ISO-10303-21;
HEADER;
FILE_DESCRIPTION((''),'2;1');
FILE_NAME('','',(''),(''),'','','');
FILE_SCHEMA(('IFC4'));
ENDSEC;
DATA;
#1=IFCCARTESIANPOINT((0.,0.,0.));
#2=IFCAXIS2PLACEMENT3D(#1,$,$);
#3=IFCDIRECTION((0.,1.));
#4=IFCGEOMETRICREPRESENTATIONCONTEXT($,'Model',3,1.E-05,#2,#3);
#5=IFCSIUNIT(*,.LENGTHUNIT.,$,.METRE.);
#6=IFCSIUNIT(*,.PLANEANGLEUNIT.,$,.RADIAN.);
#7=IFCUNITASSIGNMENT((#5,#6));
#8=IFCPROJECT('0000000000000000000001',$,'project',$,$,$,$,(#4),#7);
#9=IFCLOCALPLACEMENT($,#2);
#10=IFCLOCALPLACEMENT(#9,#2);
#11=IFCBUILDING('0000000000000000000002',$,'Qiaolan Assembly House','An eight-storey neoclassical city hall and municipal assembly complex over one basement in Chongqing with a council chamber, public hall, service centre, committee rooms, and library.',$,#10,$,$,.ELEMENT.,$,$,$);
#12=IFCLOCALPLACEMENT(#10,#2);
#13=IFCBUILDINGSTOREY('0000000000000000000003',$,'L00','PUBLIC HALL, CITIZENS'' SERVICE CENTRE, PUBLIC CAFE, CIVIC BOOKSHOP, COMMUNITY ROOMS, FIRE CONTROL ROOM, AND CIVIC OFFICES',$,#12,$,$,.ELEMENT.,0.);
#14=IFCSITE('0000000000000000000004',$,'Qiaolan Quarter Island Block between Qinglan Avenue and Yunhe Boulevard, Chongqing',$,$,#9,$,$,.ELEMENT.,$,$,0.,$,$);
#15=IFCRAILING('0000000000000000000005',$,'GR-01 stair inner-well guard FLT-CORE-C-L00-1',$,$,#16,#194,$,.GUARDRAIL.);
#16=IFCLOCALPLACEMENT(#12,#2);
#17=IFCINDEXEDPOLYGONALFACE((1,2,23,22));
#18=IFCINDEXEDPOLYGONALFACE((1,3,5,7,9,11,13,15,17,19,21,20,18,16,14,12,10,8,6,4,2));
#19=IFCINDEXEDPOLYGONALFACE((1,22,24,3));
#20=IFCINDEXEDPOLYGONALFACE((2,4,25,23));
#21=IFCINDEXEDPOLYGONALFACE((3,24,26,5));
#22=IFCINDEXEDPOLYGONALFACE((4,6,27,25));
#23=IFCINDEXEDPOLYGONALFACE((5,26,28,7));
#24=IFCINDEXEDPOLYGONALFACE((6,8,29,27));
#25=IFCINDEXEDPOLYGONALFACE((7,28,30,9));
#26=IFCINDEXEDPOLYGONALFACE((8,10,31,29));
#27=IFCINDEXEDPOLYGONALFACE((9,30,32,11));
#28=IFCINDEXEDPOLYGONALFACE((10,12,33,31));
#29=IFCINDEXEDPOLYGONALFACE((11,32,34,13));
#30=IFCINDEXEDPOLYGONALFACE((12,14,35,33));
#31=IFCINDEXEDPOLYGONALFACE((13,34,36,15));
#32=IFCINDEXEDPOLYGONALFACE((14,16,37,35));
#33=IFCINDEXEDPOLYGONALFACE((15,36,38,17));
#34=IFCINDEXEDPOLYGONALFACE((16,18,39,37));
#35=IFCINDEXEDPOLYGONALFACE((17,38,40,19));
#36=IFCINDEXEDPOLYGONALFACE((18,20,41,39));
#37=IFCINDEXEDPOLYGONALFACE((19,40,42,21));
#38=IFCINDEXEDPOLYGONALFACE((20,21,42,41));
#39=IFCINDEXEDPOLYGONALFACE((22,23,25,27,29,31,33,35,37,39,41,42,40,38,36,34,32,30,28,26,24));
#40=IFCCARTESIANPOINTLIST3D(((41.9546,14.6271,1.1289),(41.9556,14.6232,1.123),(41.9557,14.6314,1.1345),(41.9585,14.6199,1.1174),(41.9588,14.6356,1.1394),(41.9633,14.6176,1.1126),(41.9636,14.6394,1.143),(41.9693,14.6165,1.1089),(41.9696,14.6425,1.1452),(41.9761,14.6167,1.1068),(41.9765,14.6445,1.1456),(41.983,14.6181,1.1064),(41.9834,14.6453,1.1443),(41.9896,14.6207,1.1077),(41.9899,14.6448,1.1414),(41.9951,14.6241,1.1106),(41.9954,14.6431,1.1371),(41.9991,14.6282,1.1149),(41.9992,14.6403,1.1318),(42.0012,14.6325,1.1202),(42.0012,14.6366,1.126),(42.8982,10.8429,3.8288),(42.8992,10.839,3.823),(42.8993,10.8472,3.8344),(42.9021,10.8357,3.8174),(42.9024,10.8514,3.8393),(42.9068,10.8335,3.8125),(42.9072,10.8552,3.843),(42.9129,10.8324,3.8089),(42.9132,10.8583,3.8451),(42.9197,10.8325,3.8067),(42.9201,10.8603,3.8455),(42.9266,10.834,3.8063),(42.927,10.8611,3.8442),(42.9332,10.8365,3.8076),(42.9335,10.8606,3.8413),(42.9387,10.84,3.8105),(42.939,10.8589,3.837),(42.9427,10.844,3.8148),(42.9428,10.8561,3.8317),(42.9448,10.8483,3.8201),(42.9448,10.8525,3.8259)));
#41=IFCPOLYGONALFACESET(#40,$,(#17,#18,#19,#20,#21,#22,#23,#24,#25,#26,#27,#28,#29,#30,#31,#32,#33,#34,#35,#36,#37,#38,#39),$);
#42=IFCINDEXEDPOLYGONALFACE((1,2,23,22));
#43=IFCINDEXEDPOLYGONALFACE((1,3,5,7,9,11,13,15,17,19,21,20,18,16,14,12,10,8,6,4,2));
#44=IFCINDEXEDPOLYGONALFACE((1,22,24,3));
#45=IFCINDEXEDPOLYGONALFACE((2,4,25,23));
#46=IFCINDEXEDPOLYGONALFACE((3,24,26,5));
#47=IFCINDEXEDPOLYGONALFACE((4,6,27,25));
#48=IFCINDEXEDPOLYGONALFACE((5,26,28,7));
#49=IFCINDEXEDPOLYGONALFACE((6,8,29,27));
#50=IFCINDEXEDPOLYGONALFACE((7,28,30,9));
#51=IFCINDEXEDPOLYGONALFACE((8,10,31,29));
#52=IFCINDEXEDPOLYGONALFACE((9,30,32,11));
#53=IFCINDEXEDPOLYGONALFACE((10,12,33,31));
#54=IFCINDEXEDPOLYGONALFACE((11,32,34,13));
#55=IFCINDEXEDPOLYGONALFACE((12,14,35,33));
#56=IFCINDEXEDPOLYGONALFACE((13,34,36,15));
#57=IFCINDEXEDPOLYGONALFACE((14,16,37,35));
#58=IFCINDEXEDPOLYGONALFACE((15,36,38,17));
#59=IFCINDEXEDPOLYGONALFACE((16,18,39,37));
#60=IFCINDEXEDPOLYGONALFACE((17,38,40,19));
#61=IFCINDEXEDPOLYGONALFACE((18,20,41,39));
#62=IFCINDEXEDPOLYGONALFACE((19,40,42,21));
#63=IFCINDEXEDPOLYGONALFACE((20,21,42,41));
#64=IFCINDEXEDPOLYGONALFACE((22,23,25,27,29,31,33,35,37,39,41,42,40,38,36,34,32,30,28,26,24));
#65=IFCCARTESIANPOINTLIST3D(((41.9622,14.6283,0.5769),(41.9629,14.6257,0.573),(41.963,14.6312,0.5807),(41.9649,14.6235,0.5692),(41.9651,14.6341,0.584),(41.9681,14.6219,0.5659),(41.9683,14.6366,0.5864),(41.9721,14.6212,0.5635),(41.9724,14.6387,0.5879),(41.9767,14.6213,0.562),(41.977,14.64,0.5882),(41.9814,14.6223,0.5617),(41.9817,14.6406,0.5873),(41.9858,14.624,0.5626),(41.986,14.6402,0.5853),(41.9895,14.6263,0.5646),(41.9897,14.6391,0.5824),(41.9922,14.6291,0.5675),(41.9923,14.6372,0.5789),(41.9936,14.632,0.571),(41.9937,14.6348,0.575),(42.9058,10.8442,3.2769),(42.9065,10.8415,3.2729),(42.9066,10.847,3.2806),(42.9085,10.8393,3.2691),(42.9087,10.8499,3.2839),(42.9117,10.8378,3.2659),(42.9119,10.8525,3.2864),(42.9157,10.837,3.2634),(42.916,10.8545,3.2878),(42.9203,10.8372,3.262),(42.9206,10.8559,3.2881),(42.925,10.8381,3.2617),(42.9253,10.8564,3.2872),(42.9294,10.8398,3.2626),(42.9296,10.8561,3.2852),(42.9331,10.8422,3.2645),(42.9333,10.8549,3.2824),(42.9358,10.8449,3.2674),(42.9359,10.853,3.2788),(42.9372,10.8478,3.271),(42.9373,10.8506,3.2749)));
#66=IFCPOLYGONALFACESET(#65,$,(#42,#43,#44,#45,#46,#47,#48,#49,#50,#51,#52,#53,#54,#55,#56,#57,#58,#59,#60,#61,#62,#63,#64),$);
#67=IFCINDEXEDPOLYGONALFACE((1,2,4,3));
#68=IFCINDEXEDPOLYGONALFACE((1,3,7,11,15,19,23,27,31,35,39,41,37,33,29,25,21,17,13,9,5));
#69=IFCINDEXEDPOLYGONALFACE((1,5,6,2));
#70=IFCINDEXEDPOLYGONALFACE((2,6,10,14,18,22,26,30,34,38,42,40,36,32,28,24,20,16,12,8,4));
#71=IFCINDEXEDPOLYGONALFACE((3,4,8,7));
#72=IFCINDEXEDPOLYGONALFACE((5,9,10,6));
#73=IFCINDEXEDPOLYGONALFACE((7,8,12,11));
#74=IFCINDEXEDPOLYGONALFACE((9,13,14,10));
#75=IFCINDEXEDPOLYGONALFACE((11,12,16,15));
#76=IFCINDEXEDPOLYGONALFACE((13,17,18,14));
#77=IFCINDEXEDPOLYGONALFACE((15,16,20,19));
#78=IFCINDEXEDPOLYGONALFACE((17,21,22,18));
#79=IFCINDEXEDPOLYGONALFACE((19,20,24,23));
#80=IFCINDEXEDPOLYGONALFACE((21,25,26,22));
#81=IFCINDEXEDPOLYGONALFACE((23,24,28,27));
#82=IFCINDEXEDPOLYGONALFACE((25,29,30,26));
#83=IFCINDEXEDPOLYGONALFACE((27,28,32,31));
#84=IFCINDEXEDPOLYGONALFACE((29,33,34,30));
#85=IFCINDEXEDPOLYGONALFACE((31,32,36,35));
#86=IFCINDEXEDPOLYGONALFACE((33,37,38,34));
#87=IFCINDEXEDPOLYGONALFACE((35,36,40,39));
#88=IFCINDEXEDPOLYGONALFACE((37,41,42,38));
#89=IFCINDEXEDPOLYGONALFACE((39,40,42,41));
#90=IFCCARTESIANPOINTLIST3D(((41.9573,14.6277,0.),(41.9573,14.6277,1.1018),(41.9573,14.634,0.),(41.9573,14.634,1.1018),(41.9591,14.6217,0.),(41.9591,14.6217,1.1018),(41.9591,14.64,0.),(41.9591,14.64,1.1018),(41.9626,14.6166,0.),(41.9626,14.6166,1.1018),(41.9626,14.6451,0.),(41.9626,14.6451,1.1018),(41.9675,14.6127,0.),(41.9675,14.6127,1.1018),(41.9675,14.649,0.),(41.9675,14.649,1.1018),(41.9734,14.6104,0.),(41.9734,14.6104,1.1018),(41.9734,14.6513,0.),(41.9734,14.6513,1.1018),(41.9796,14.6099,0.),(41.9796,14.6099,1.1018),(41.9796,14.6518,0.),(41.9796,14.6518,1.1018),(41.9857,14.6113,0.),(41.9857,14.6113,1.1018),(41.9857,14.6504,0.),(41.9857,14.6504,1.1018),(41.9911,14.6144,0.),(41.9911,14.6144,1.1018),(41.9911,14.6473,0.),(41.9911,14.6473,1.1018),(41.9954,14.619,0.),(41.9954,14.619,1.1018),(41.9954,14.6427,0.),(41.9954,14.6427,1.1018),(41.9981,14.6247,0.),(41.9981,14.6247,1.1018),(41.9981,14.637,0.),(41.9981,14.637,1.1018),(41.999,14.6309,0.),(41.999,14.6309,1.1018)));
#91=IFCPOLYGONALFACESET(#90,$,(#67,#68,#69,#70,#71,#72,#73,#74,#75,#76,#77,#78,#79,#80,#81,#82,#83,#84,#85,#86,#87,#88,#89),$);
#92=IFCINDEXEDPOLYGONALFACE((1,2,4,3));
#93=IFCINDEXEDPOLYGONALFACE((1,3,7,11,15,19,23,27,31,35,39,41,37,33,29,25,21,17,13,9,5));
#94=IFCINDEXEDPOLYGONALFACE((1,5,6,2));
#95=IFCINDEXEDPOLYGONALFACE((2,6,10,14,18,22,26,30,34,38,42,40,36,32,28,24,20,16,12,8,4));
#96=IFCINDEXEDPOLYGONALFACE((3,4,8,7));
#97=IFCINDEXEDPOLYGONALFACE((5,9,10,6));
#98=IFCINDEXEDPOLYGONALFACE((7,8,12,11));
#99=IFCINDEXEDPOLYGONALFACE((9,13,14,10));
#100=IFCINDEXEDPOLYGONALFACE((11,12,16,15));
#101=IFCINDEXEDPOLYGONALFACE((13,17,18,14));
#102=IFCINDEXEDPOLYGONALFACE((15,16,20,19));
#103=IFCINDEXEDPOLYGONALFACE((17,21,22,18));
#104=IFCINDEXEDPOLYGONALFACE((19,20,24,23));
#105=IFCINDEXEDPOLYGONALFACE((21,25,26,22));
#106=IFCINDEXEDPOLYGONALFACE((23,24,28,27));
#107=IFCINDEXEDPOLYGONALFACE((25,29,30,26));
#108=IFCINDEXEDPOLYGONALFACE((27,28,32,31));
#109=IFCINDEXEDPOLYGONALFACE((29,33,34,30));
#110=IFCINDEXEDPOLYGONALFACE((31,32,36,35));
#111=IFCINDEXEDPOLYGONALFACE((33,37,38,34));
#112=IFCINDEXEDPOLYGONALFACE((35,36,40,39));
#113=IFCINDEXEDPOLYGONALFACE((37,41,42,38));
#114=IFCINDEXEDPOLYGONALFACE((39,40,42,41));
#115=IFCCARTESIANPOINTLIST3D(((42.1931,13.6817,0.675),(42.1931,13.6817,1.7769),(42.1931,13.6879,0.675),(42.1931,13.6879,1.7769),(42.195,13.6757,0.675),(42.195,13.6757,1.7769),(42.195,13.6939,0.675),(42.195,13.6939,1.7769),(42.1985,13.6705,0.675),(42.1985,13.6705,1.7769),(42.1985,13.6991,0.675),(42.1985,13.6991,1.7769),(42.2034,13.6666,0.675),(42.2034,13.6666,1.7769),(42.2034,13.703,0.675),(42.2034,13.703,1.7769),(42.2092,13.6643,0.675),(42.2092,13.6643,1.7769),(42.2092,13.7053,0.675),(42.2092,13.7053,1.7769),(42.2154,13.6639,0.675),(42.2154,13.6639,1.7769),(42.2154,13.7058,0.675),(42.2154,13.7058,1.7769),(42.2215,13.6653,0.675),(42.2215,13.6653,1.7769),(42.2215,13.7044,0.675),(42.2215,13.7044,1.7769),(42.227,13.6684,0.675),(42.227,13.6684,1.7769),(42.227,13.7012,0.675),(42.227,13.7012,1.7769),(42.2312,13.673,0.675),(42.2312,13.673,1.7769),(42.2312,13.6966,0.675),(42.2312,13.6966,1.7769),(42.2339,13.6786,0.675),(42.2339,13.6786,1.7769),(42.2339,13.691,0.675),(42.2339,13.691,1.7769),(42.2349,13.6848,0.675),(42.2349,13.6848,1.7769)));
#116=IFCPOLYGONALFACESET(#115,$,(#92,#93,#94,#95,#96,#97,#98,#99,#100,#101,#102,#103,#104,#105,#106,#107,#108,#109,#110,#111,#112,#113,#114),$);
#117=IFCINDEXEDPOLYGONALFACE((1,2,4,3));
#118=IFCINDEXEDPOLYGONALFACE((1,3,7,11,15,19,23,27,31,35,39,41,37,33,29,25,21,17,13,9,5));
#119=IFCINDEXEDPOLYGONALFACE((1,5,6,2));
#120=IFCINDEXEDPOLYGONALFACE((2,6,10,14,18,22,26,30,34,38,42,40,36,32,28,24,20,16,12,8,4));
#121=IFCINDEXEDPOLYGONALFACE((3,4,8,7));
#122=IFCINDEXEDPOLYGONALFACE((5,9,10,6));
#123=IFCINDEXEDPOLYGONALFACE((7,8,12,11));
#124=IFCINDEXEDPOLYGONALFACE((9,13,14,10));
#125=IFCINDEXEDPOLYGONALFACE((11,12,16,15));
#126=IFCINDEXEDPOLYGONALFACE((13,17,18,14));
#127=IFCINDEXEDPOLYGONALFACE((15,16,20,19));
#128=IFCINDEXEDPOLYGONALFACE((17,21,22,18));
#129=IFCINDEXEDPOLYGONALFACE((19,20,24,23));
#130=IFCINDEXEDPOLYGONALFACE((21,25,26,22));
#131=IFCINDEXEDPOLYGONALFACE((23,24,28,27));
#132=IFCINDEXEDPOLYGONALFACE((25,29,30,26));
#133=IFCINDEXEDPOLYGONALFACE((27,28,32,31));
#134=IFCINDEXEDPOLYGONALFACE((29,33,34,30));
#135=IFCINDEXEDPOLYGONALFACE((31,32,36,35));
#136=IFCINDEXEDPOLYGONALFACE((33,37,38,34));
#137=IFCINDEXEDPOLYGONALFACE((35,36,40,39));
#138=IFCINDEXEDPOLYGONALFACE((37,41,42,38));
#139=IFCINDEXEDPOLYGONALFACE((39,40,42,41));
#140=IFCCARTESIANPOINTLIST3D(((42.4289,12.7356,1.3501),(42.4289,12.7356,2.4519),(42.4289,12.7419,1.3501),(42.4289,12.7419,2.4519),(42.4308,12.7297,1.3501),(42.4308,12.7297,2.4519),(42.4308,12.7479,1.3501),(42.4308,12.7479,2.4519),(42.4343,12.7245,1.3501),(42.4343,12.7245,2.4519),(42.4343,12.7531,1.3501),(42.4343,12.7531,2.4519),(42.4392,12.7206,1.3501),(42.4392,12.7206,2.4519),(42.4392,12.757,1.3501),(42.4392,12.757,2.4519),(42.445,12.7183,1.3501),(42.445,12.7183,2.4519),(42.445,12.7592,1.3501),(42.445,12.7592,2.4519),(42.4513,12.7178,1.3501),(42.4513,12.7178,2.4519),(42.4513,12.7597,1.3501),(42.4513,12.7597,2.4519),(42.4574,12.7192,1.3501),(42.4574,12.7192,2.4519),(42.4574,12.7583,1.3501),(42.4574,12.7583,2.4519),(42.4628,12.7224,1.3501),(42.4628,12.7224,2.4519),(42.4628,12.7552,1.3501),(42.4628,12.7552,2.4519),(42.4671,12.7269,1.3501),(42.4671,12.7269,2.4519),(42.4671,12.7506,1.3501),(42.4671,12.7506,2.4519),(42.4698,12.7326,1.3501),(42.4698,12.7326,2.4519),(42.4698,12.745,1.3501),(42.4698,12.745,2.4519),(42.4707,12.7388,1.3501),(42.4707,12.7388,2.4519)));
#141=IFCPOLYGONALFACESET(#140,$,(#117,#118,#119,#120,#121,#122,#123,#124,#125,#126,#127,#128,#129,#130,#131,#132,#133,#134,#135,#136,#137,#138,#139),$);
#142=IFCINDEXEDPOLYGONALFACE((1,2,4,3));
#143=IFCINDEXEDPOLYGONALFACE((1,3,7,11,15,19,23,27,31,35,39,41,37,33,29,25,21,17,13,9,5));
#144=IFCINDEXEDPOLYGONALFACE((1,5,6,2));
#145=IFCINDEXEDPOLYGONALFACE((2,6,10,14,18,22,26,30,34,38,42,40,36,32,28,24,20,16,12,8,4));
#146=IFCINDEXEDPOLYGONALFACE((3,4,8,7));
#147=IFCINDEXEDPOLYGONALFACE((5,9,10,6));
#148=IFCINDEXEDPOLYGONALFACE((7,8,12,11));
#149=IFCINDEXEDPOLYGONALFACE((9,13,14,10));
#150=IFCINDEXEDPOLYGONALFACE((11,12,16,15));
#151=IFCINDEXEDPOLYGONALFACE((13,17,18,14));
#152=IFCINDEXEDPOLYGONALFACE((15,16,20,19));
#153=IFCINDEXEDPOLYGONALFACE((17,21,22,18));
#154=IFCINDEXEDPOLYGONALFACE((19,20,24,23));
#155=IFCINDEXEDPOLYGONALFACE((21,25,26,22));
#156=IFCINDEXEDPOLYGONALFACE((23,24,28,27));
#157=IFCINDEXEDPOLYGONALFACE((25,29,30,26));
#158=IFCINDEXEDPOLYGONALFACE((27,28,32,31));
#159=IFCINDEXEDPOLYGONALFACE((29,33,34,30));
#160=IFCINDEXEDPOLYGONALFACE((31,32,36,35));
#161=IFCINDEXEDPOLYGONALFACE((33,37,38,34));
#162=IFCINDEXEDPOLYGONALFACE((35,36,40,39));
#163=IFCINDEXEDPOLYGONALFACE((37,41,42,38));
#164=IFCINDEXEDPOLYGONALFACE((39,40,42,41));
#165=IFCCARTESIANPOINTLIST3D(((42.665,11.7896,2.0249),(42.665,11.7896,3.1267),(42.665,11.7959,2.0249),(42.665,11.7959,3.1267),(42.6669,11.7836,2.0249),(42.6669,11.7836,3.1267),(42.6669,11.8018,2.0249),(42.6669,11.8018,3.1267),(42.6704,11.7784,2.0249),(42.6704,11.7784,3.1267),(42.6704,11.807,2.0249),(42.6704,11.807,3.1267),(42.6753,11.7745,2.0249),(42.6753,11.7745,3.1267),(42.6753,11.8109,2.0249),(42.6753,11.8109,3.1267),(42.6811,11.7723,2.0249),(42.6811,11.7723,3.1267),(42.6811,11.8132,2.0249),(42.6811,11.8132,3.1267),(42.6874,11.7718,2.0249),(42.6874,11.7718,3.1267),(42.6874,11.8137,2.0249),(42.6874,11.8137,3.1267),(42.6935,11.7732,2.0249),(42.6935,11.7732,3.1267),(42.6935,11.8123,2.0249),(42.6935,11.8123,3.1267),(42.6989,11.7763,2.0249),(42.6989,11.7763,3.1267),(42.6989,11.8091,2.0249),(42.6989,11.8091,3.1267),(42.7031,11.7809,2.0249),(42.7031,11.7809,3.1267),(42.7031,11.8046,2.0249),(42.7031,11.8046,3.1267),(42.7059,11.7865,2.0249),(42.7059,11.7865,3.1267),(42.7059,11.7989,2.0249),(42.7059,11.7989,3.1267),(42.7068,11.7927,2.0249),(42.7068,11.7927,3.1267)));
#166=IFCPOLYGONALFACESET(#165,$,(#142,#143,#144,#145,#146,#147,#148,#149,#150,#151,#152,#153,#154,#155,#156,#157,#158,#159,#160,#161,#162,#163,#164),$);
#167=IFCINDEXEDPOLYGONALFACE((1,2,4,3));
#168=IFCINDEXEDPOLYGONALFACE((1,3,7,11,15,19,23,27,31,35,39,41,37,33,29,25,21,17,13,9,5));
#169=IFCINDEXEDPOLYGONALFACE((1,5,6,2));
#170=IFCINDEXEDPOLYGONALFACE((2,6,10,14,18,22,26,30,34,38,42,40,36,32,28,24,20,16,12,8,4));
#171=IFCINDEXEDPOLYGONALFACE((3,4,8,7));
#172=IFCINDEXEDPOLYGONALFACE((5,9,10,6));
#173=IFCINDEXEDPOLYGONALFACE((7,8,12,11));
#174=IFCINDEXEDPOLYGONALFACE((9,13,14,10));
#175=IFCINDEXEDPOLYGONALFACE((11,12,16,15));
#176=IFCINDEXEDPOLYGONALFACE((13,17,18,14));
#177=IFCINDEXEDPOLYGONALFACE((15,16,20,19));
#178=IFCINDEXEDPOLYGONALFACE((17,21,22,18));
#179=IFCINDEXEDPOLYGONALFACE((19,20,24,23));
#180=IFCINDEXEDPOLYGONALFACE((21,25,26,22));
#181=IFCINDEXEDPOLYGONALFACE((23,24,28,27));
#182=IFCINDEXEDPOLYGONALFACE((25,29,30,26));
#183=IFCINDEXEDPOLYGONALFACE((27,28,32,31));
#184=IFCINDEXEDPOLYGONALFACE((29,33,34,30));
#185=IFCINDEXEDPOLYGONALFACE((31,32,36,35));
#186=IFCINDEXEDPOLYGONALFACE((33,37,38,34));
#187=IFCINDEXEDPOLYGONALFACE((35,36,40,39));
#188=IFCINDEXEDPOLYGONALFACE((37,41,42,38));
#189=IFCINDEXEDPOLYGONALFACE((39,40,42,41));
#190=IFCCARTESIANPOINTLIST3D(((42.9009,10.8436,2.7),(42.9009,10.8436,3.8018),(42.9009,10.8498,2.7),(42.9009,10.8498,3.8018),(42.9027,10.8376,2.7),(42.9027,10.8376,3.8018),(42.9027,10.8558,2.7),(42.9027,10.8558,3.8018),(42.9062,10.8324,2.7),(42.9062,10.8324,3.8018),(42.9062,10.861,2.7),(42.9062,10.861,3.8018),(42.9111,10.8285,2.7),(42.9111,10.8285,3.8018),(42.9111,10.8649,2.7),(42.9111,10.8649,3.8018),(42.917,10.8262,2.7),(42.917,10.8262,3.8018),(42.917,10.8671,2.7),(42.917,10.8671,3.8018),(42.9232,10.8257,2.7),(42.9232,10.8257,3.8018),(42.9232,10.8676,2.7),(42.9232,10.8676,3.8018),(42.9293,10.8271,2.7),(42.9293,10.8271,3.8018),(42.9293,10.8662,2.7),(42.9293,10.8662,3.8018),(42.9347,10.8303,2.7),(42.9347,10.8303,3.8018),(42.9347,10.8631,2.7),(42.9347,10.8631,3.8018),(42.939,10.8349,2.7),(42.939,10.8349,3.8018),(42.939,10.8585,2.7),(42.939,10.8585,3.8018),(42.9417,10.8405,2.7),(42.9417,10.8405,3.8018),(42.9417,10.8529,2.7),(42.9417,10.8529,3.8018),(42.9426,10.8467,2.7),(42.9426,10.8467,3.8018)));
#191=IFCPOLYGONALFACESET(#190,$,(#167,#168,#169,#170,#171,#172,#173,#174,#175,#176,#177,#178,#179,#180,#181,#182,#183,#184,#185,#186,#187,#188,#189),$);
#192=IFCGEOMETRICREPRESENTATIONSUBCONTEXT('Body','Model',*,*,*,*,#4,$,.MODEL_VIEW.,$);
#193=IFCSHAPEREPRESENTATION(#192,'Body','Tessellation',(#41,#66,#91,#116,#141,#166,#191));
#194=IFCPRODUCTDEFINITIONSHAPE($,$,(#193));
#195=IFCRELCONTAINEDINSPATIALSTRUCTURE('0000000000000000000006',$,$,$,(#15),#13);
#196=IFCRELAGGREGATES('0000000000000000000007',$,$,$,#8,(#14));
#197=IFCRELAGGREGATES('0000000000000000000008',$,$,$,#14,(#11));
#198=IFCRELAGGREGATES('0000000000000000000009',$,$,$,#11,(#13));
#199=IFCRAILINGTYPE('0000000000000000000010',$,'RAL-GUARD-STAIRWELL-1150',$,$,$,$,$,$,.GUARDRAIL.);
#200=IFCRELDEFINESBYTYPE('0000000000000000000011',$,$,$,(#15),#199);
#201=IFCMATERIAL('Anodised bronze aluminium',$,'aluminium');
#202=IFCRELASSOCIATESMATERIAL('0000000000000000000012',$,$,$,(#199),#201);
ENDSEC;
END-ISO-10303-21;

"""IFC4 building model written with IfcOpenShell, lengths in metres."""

from ifc_helpers import new_model, si_unit, direction, frame, origin, origin_2d, place, context, subcontext, project, spatial, circle, extrude, material, type_object, element, save


model = new_model("IFC4")

# Units and contexts
model_context = context("Model", 3, precision=1e-05, world=origin(), true_north=direction((0.0, 1.0)))
body_context = subcontext(model_context, "Body", "Model", "MODEL_VIEW")
ifc_project = project(units=[si_unit("LENGTHUNIT", "METRE"), si_unit("PLANEANGLEUNIT", "RADIAN")], contexts=[model_context])

# Site, building, storey
site_placement = place(None, origin())
site = spatial("IfcSite", under=ifc_project, at=site_placement, Name="Qiaolan Quarter Island Block between Qinglan Avenue and Yunhe Boulevard, Chongqing", CompositionType="ELEMENT", RefElevation=0.0)
building_placement = place(site_placement, origin())
building = spatial("IfcBuilding", under=site, at=building_placement, Name="Qiaolan Assembly House", Description="An eight-storey neoclassical city hall and municipal assembly complex over one basement in Chongqing with a council chamber, public hall, service centre, committee rooms, and library.", CompositionType="ELEMENT")
storey_placement = place(building_placement, origin())
storey = spatial("IfcBuildingStorey", under=building, at=storey_placement, Name="L00", Description="PUBLIC HALL, CITIZENS' SERVICE CENTRE, PUBLIC CAFE, CIVIC BOOKSHOP, COMMUNITY ROOMS, FIRE CONTROL ROOM, AND CIVIC OFFICES", CompositionType="ELEMENT", Elevation=0.0)

# Railing
ifc_material_1 = material(Name="Anodised bronze aluminium", Category="aluminium")
railing_type_1 = type_object("IfcRailingType", Name="RAL-GUARD-STAIRWELL-1150", PredefinedType="GUARDRAIL", material=ifc_material_1)
railing_1_placement = place(storey_placement, frame((41.978, 14.6309, 0.0)))
element("IfcRailing", 1, at=railing_1_placement, inside=storey, type_object=railing_type_1, Name="GR-01 stair inner-well guard FLT-CORE-C-L00-1", PredefinedType="GUARDRAIL", context=body_context, shape_type="SweptSolid", body=[
    extrude(circle(Radius=0.0239, at=origin_2d()), frame((0.0, 0.0, 1.126), z_axis=(0.198928, -0.797773, 0.569198), x_axis=(0.97029, 0.241946, 0.0)), (0.0, 0.0, 1.0), 4.7434),
    extrude(circle(Radius=0.0161, at=origin_2d()), frame((0.0, 0.0, 0.575), z_axis=(0.198928, -0.797773, 0.569198), x_axis=(0.97029, 0.241946, 0.0)), (0.0, 0.0, 1.0), 4.7434),
    extrude(circle(Radius=0.021, at=origin_2d()), origin(), (0.0, 0.0, 1.0), 1.1018),
    extrude(circle(Radius=0.021, at=origin_2d()), frame((0.2358, -0.946, 0.675)), (0.0, 0.0, 1.0), 1.1018),
    extrude(circle(Radius=0.021, at=origin_2d()), frame((0.4717, -1.8921, 1.3501)), (0.0, 0.0, 1.0), 1.1018),
    extrude(circle(Radius=0.021, at=origin_2d()), frame((0.7078, -2.8381, 2.0249)), (0.0, 0.0, 1.0), 1.1018),
    extrude(circle(Radius=0.021, at=origin_2d()), frame((0.9436, -3.7842, 2.7)), (0.0, 0.0, 1.0), 1.1018),
])

save(model, "model.ifc")
